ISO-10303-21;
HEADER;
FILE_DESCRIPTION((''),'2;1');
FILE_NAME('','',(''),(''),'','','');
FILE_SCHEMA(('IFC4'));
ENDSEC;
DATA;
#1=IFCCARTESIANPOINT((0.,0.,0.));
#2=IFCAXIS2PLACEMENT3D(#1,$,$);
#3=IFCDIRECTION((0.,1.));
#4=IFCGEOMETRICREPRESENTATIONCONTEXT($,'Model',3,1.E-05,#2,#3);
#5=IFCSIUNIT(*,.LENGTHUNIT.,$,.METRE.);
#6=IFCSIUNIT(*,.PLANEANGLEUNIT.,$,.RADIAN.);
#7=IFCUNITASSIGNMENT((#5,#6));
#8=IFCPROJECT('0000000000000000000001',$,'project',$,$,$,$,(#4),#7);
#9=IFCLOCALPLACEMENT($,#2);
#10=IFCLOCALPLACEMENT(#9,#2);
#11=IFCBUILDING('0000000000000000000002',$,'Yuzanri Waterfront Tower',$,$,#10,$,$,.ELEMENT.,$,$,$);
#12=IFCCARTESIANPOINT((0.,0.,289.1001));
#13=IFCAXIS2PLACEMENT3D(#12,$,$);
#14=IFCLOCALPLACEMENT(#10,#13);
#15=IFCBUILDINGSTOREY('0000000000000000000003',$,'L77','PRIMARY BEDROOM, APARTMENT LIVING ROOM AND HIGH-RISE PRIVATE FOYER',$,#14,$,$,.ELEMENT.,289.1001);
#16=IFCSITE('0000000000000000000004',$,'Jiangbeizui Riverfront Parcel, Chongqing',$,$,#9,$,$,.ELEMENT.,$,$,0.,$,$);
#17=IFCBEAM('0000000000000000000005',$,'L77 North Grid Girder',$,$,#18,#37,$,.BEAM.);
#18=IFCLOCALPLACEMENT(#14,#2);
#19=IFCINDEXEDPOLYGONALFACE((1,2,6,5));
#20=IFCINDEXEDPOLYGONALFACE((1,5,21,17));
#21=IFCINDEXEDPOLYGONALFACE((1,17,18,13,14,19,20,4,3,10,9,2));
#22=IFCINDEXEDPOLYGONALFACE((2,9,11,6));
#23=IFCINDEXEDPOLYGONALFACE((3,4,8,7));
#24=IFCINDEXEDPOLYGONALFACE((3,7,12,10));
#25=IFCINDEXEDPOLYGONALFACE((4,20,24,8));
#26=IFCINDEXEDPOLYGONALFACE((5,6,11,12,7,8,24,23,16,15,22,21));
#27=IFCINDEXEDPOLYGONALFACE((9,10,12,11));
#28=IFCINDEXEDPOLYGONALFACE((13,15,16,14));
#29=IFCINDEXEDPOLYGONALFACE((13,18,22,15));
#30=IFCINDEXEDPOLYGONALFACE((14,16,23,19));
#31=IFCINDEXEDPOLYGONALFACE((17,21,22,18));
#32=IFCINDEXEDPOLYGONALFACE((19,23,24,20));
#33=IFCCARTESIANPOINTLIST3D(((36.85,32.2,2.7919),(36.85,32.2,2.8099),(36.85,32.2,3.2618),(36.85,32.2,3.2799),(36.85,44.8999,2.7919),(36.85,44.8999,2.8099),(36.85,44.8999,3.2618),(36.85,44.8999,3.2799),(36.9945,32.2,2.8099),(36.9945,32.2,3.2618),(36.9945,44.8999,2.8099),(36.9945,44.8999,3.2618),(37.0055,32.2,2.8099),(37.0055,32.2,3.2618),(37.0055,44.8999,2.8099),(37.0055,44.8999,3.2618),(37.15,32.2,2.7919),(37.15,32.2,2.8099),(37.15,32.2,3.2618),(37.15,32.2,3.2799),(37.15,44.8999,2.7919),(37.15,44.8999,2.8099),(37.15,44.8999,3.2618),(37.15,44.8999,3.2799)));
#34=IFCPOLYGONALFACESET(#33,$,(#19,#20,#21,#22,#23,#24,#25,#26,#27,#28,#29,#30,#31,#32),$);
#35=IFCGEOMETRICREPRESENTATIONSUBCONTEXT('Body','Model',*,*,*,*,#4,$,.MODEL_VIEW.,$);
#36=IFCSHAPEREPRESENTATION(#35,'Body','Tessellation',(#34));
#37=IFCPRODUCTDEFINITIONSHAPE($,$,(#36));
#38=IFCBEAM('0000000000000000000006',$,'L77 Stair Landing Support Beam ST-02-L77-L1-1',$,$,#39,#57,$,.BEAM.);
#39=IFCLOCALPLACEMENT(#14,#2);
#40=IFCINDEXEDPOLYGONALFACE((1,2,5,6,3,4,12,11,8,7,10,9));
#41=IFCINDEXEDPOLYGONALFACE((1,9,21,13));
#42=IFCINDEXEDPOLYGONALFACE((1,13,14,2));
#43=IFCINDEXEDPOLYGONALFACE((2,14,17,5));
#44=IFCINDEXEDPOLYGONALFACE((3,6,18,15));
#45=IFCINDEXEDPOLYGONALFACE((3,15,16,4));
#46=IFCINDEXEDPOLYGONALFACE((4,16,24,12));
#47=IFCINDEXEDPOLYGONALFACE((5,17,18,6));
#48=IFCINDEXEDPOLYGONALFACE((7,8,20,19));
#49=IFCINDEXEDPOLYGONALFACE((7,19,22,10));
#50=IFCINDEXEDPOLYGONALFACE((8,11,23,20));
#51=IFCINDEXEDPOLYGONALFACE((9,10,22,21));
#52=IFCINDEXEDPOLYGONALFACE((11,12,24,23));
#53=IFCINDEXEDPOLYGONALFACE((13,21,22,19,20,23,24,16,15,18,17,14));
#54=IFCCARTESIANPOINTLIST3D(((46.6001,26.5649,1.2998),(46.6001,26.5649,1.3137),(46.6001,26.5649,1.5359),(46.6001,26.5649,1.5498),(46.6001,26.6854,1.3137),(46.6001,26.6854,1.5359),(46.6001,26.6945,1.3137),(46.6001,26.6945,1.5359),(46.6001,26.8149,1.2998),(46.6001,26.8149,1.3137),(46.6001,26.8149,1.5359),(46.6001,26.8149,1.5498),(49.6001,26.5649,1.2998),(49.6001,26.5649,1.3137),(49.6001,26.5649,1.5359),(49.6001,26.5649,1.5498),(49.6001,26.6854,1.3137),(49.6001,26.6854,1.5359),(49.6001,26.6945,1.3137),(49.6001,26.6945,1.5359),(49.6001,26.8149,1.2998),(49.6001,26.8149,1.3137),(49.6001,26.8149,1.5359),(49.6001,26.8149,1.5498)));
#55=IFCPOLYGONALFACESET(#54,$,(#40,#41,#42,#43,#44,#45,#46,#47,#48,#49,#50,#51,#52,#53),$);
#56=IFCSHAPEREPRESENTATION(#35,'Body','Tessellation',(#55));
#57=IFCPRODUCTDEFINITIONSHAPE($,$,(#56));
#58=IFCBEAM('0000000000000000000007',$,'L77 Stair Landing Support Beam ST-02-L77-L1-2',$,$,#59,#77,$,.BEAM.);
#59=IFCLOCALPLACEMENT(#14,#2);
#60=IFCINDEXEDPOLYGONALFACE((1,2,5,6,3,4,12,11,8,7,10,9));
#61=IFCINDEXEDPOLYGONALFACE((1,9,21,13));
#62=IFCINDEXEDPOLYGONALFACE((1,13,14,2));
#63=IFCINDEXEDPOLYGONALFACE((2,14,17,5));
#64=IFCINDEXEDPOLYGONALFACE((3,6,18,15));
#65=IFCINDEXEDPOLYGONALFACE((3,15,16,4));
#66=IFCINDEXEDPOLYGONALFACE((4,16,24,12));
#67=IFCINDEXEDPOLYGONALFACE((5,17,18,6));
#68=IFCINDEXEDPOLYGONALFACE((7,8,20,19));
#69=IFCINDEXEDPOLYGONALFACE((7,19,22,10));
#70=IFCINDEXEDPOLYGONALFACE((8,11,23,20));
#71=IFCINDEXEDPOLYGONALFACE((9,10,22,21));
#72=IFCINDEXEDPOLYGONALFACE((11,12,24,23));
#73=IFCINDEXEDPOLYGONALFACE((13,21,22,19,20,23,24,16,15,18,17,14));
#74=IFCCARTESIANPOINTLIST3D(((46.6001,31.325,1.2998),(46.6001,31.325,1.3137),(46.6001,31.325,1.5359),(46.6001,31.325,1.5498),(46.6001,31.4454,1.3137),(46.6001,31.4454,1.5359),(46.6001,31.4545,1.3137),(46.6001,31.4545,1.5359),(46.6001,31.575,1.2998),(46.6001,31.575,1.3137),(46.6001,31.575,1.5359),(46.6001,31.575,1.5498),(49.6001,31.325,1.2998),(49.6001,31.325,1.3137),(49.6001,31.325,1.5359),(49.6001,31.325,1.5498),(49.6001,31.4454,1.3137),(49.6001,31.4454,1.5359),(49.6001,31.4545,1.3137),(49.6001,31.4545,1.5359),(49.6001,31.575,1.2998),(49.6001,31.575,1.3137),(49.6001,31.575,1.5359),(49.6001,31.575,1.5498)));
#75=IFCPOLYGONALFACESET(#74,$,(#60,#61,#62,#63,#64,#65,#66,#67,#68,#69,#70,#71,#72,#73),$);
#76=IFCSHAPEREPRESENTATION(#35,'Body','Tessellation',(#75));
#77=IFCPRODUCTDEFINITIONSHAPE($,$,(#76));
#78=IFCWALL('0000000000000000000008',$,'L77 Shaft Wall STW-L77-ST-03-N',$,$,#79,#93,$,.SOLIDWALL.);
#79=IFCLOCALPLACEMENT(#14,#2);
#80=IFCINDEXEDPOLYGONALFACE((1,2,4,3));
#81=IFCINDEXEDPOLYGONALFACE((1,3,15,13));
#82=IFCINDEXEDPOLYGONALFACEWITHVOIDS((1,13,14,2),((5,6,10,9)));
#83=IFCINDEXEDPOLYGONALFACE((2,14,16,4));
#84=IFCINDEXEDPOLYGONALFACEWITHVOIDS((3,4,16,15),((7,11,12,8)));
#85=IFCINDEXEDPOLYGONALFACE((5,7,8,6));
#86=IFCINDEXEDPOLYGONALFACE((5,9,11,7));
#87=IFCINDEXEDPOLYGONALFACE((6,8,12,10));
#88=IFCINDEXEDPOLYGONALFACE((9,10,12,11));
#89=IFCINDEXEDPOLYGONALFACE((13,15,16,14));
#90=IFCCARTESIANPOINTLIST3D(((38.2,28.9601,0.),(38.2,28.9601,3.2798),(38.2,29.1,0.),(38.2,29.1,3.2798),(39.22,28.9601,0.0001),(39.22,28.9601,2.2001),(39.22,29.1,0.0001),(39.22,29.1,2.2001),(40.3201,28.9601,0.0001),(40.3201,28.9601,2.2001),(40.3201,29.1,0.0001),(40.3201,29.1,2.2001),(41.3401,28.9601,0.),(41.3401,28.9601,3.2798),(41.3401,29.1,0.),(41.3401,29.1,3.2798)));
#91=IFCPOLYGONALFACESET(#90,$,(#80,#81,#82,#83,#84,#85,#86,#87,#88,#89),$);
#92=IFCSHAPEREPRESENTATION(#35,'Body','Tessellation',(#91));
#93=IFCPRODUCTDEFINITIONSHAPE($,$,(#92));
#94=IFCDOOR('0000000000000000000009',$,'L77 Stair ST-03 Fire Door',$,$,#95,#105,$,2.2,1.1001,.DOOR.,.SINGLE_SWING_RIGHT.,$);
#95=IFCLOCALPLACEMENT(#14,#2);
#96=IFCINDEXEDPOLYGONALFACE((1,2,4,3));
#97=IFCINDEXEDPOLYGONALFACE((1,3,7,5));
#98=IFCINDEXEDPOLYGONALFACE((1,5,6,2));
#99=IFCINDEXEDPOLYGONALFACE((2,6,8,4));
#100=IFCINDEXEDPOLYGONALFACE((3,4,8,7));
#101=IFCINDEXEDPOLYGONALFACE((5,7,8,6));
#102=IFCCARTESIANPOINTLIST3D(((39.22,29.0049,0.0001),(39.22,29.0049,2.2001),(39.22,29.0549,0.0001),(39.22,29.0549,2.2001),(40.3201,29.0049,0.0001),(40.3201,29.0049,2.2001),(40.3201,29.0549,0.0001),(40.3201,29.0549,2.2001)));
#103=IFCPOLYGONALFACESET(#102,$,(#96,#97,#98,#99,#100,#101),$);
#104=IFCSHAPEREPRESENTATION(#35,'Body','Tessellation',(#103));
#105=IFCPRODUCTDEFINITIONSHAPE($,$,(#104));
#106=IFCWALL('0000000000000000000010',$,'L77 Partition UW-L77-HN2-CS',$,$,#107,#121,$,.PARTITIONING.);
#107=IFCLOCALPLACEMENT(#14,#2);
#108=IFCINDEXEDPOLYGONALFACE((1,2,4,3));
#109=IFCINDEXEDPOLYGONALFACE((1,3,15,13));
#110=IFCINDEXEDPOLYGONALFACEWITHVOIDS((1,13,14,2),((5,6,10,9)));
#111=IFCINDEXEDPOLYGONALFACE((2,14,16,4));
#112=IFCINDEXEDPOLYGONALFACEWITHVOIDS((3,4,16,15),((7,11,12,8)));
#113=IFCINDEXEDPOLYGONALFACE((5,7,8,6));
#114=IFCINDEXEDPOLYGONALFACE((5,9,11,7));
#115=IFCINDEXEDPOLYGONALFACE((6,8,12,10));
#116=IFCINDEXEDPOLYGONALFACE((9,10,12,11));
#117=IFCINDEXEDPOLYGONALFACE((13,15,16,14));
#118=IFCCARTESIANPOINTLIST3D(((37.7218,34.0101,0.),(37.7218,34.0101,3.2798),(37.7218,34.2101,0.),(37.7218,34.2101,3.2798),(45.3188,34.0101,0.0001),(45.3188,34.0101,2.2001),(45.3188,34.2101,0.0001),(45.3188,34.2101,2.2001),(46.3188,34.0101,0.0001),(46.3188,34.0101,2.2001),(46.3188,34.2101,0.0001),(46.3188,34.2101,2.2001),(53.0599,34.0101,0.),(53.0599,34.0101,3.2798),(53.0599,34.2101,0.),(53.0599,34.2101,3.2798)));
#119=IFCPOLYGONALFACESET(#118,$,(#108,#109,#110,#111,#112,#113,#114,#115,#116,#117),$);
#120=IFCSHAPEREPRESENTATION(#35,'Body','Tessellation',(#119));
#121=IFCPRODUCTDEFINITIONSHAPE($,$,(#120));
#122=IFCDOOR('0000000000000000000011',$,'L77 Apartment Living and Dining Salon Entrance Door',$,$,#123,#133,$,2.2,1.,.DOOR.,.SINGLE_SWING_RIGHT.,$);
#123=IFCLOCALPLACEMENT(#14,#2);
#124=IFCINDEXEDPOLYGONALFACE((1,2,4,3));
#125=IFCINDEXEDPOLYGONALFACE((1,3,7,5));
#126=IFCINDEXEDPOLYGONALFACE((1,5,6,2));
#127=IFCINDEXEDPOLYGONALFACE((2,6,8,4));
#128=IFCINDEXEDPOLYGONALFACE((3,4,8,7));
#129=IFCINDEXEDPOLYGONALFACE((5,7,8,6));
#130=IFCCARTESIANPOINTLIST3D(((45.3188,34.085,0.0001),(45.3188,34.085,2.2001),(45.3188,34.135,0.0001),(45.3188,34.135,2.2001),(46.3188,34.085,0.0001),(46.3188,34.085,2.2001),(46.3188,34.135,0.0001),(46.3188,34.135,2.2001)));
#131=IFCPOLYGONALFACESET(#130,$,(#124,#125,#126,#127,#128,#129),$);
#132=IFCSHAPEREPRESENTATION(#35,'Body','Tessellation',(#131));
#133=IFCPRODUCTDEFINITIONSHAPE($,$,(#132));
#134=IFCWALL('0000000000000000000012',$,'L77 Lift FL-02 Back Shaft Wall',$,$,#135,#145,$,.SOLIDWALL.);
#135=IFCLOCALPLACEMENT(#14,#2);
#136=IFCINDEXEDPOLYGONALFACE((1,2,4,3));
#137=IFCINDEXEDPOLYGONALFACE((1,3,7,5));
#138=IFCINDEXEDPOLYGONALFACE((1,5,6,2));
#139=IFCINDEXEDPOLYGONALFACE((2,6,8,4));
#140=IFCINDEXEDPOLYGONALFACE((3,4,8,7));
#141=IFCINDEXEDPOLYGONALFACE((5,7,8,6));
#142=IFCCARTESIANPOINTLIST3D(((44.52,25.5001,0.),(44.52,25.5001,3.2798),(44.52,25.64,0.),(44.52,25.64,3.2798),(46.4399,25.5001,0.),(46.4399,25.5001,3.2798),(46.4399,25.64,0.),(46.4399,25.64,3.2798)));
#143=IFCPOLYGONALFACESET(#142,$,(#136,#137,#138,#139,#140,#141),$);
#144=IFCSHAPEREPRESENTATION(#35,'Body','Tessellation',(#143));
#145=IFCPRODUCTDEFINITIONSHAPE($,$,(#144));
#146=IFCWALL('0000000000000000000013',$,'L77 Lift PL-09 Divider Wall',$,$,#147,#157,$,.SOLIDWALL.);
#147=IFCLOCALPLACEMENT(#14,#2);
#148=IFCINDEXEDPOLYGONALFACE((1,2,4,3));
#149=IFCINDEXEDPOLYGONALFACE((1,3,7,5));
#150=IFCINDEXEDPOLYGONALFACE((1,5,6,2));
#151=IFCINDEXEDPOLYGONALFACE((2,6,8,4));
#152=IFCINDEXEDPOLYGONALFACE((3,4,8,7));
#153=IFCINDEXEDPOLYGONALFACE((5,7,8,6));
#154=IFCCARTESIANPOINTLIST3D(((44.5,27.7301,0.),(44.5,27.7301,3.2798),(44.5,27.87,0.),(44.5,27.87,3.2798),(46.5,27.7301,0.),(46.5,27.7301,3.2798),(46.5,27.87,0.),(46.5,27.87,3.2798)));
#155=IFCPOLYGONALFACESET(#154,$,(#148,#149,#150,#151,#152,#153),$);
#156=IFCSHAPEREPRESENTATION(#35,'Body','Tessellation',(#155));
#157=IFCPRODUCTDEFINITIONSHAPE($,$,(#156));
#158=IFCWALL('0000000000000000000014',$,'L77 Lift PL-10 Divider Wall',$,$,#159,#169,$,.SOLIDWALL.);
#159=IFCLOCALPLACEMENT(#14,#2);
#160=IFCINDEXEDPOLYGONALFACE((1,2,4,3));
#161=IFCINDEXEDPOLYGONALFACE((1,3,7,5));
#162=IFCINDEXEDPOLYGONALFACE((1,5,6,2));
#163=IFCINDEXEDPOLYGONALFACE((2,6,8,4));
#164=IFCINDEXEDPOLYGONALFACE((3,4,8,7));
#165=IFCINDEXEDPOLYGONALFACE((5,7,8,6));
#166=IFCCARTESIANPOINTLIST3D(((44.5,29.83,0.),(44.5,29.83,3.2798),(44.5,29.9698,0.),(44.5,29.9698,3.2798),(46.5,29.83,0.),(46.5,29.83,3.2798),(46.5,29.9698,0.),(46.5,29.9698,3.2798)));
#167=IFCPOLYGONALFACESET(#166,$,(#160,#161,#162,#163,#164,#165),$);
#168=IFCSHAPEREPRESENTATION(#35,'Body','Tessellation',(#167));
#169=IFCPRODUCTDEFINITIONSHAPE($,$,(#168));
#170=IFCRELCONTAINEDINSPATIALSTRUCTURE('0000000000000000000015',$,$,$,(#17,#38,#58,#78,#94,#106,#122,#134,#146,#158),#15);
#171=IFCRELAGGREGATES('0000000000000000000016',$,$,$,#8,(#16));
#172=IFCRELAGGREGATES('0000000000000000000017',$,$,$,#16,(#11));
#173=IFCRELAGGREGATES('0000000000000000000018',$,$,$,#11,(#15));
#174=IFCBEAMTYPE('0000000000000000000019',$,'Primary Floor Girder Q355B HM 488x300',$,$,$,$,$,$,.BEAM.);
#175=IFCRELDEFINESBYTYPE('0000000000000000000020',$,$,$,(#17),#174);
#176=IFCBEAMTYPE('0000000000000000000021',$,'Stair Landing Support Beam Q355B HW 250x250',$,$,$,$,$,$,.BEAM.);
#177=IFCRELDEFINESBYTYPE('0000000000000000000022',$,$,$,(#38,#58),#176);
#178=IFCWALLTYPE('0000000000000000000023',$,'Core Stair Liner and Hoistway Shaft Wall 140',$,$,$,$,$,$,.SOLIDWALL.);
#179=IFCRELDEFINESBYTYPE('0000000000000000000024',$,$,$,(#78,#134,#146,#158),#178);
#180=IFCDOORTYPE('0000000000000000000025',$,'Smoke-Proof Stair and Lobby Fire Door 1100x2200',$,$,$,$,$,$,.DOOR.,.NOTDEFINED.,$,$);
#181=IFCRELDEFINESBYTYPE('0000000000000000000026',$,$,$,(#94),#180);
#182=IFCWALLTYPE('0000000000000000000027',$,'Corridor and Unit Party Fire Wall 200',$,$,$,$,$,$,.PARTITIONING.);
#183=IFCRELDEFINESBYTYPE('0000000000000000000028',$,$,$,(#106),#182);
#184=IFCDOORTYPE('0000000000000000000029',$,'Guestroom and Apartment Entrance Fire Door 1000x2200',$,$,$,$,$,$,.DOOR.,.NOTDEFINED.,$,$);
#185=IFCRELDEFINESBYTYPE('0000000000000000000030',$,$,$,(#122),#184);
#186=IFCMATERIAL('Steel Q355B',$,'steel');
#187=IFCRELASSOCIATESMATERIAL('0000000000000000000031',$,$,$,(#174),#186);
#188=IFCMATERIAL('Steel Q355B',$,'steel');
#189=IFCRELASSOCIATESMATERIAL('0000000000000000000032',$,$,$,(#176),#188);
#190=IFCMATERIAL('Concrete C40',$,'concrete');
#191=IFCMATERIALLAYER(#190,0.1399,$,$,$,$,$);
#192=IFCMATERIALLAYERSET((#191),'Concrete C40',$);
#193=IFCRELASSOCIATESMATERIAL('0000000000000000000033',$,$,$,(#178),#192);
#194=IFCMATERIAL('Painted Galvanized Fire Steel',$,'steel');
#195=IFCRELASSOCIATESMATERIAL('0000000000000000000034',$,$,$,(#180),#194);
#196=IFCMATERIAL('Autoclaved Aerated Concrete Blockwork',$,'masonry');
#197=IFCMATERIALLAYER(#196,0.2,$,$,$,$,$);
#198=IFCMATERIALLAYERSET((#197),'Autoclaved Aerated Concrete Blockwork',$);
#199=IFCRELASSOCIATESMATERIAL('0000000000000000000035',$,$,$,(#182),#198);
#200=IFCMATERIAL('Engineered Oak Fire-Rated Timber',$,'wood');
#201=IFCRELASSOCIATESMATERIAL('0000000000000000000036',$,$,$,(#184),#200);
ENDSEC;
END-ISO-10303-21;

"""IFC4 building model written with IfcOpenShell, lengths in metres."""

from ifc_helpers import new_model, si_unit, direction, frame, frame_2d, origin, origin_2d, place, context, subcontext, project, spatial, rectangle, i_section, extrude, source, transform, mapped, material, layer, layer_set, material_profile, profile_set, type_object, element, fill, save


model = new_model("IFC4")

# Units and contexts
model_context = context("Model", 3, precision=1e-05, world=origin(), true_north=direction((0.0, 1.0)))
body_context = subcontext(model_context, "Body", "Model", "MODEL_VIEW")
ifc_project = project(units=[si_unit("LENGTHUNIT", "METRE"), si_unit("PLANEANGLEUNIT", "RADIAN")], contexts=[model_context])

# Site, building, storey
site_placement = place(None, origin())
site = spatial("IfcSite", under=ifc_project, at=site_placement, Name="Jiangbeizui Riverfront Parcel, Chongqing", CompositionType="ELEMENT", RefElevation=0.0)
building_placement = place(site_placement, origin())
building = spatial("IfcBuilding", under=site, at=building_placement, Name="Yuzanri Waterfront Tower", CompositionType="ELEMENT")
storey_placement = place(building_placement, frame((0.0, 0.0, 289.1001)))
storey = spatial("IfcBuildingStorey", under=building, at=storey_placement, Name="L77", Description="PRIMARY BEDROOM, APARTMENT LIVING ROOM AND HIGH-RISE PRIVATE FOYER", CompositionType="ELEMENT", Elevation=289.1001)

# Beams
ifc_material_1 = material(Name="Steel Q355B", Category="steel")
ifc_material_profile_1 = material_profile(ifc_material_1, i_section(OverallWidth=0.3, OverallDepth=0.488, WebThickness=0.011, FlangeThickness=0.0181, at=origin_2d()), Name="HM 488x300x11x18")
ifc_profile_set_1 = profile_set([ifc_material_profile_1], Name="Steel Q355B")
beam_type_1 = type_object("IfcBeamType", Name="Primary Floor Girder Q355B HM 488x300", PredefinedType="BEAM", material=ifc_profile_set_1)
shared_shape_1 = source(origin(), body_context, "Body", "SweptSolid", [
    extrude(i_section(OverallWidth=0.3, OverallDepth=0.488, WebThickness=0.011, FlangeThickness=0.0181, at=origin_2d()), origin(), (0.0, 0.0, 1.0), 12.7),
])
beam_placement = place(storey_placement, frame((37.0, 32.2, 3.0359), z_axis=(0.0, 1.0, 0.0), x_axis=(-1.0, 0.0, 0.0)))
element("IfcBeam", 1, at=beam_placement, inside=storey, type_object=beam_type_1, Name="L77 North Grid Girder", PredefinedType="BEAM", context=body_context, shape_type="MappedRepresentation", body=[
    mapped(shared_shape_1, transform((0.0, 0.0, 0.0), scale=1.0)),
])
ifc_material_2 = material(Name="Steel Q355B", Category="steel")
ifc_material_profile_2 = material_profile(ifc_material_2, i_section(OverallWidth=0.25, OverallDepth=0.25, WebThickness=0.009, FlangeThickness=0.0139, at=origin_2d()), Name="HW 250x250x9x14")
ifc_profile_set_2 = profile_set([ifc_material_profile_2], Name="Steel Q355B")
beam_type_2 = type_object("IfcBeamType", Name="Stair Landing Support Beam Q355B HW 250x250", PredefinedType="BEAM", material=ifc_profile_set_2)
shared_shape_2 = source(origin(), body_context, "Body", "SweptSolid", [
    extrude(i_section(OverallWidth=0.25, OverallDepth=0.25, WebThickness=0.009, FlangeThickness=0.0139, at=origin_2d()), origin(), (0.0, 0.0, 1.0), 3.0),
])
for number, where, z_axis, x_axis, name in (
    (2, (46.6001, 26.6899, 1.4248), (1.0, 0.0, 0.0), (0.0, 1.0, 0.0), "L77 Stair Landing Support Beam ST-02-L77-L1-1"),
    (3, (46.6001, 31.45, 1.4248), (1.0, 0.0, 0.0), (0.0, 1.0, 0.0), "L77 Stair Landing Support Beam ST-02-L77-L1-2"),
):
    element("IfcBeam", number, at=place(storey_placement, frame(where, z_axis=z_axis, x_axis=x_axis)), inside=storey, type_object=beam_type_2, Name=name, PredefinedType="BEAM", context=body_context, shape_type="MappedRepresentation", body=[
        mapped(shared_shape_2, transform((0.0, 0.0, 0.0), scale=1.0)),
    ])

# Walls, openings, doors
ifc_material_3 = material(Name="Concrete C40", Category="concrete")
ifc_layer_1 = layer(ifc_material_3, 0.1399)
ifc_layer_set_1 = layer_set([ifc_layer_1], Name="Concrete C40")
wall_type_1 = type_object("IfcWallType", Name="Core Stair Liner and Hoistway Shaft Wall 140", PredefinedType="SOLIDWALL", material=ifc_layer_set_1)
wall_1_placement = place(storey_placement, frame((38.2, 29.03, 0.0), z_axis=(0.0, 0.0, 1.0), x_axis=(1.0, 0.0, 0.0)))
wall_1 = element("IfcWall", 4, at=wall_1_placement, inside=storey, type_object=wall_type_1, Name="L77 Shaft Wall STW-L77-ST-03-N", PredefinedType="SOLIDWALL", context=body_context, shape_type="SweptSolid", body=[
    extrude(rectangle(XDim=3.1401, YDim=0.1399, at=frame_2d((1.5701, 0.0))), origin(), (0.0, 0.0, 1.0), 3.2798),
])
opening_1_placement = place(wall_1_placement, frame((1.02, 0.0, 0.0)))
opening_1 = element("IfcOpeningElement", 5, at=opening_1_placement, cuts=wall_1, PredefinedType="OPENING", context=body_context, shape_type="SweptSolid", body=[
    extrude(rectangle(XDim=1.1001, YDim=2.2, at=frame_2d((0.55, 1.1001))), frame((0.0, 0.085, 0.0), z_axis=(0.0, -1.0, 0.0), x_axis=(1.0, 0.0, 0.0)), (0.0, 0.0, 1.0), 0.1697),
])
ifc_material_4 = material(Name="Painted Galvanized Fire Steel", Category="steel")
door_type_1 = type_object("IfcDoorType", Name="Smoke-Proof Stair and Lobby Fire Door 1100x2200", OperationType="NOTDEFINED", PredefinedType="DOOR", material=ifc_material_4)
shared_shape_3 = source(origin(), body_context, "Body", "SweptSolid", [
    extrude(rectangle(XDim=1.1001, YDim=2.2, at=frame_2d((0.55, 1.1001))), frame((0.0, 0.0249, 0.0), z_axis=(0.0, -1.0, 0.0), x_axis=(1.0, 0.0, 0.0)), (0.0, 0.0, 1.0), 0.05),
])
door_1_placement = place(opening_1_placement, origin())
door_1 = element("IfcDoor", 6, at=door_1_placement, inside=storey, type_object=door_type_1, Name="L77 Stair ST-03 Fire Door", OperationType="SINGLE_SWING_RIGHT", OverallHeight=2.2, OverallWidth=1.1001, PredefinedType="DOOR", context=body_context, shape_type="MappedRepresentation", body=[
    mapped(shared_shape_3, transform((0.0, 0.0, 0.0), scale=1.0)),
])
fill(opening_1, door_1)
ifc_material_5 = material(Name="Autoclaved Aerated Concrete Blockwork", Category="masonry")
ifc_layer_2 = layer(ifc_material_5, 0.2)
ifc_layer_set_2 = layer_set([ifc_layer_2], Name="Autoclaved Aerated Concrete Blockwork")
wall_type_2 = type_object("IfcWallType", Name="Corridor and Unit Party Fire Wall 200", PredefinedType="PARTITIONING", material=ifc_layer_set_2)
wall_2_placement = place(storey_placement, frame((37.7219, 34.1101, 0.0), z_axis=(0.0, 0.0, 1.0), x_axis=(1.0, 0.0, 0.0)))
wall_2 = element("IfcWall", 7, at=wall_2_placement, inside=storey, type_object=wall_type_2, Name="L77 Partition UW-L77-HN2-CS", PredefinedType="PARTITIONING", context=body_context, shape_type="SweptSolid", body=[
    extrude(rectangle(XDim=15.3381, YDim=0.2, at=frame_2d((7.6689, 0.0))), origin(), (0.0, 0.0, 1.0), 3.2798),
])
opening_2_placement = place(wall_2_placement, frame((7.5969, 0.0, 0.0)))
opening_2 = element("IfcOpeningElement", 8, at=opening_2_placement, cuts=wall_2, PredefinedType="OPENING", context=body_context, shape_type="SweptSolid", body=[
    extrude(rectangle(XDim=1.0, YDim=2.2, at=frame_2d((0.5, 1.1001))), frame((0.0, 0.1147, 0.0), z_axis=(0.0, -1.0, 0.0), x_axis=(1.0, 0.0, 0.0)), (0.0, 0.0, 1.0), 0.2297),
])
ifc_material_6 = material(Name="Engineered Oak Fire-Rated Timber", Category="wood")
door_type_2 = type_object("IfcDoorType", Name="Guestroom and Apartment Entrance Fire Door 1000x2200", OperationType="NOTDEFINED", PredefinedType="DOOR", material=ifc_material_6)
shared_shape_4 = source(origin(), body_context, "Body", "SweptSolid", [
    extrude(rectangle(XDim=1.0, YDim=2.2, at=frame_2d((0.5, 1.1001))), frame((0.0, 0.0249, 0.0), z_axis=(0.0, -1.0, 0.0), x_axis=(1.0, 0.0, 0.0)), (0.0, 0.0, 1.0), 0.05),
])
door_2_placement = place(opening_2_placement, origin())
door_2 = element("IfcDoor", 9, at=door_2_placement, inside=storey, type_object=door_type_2, Name="L77 Apartment Living and Dining Salon Entrance Door", OperationType="SINGLE_SWING_RIGHT", OverallHeight=2.2, OverallWidth=1.0, PredefinedType="DOOR", context=body_context, shape_type="MappedRepresentation", body=[
    mapped(shared_shape_4, transform((0.0, 0.0, 0.0), scale=1.0)),
])
fill(opening_2, door_2)

# Walls
shared_shape_5 = source(origin(), body_context, "Body", "SweptSolid", [
    extrude(rectangle(XDim=1.9199, YDim=0.1399, at=frame_2d((0.96, 0.0))), origin(), (0.0, 0.0, 1.0), 3.2798),
])
wall_3_placement = place(storey_placement, frame((44.52, 25.5701, 0.0), z_axis=(0.0, 0.0, 1.0), x_axis=(1.0, 0.0, 0.0)))
element("IfcWall", 10, at=wall_3_placement, inside=storey, type_object=wall_type_1, Name="L77 Lift FL-02 Back Shaft Wall", PredefinedType="SOLIDWALL", context=body_context, shape_type="MappedRepresentation", body=[
    mapped(shared_shape_5, transform((0.0, 0.0, 0.0), scale=1.0)),
])
shared_shape_6 = source(origin(), body_context, "Body", "SweptSolid", [
    extrude(rectangle(XDim=2.0, YDim=0.1399, at=frame_2d((1.0, 0.0))), origin(), (0.0, 0.0, 1.0), 3.2798),
])
for number, where, z_axis, x_axis, name in (
    (11, (44.5, 27.8, 0.0), (0.0, 0.0, 1.0), (1.0, 0.0, 0.0), "L77 Lift PL-09 Divider Wall"),
    (12, (44.5, 29.8999, 0.0), (0.0, 0.0, 1.0), (1.0, 0.0, 0.0), "L77 Lift PL-10 Divider Wall"),
):
    element("IfcWall", number, at=place(storey_placement, frame(where, z_axis=z_axis, x_axis=x_axis)), inside=storey, type_object=wall_type_1, Name=name, PredefinedType="SOLIDWALL", context=body_context, shape_type="MappedRepresentation", body=[
        mapped(shared_shape_6, transform((0.0, 0.0, 0.0), scale=1.0)),
    ])

save(model, "model.ifc")
